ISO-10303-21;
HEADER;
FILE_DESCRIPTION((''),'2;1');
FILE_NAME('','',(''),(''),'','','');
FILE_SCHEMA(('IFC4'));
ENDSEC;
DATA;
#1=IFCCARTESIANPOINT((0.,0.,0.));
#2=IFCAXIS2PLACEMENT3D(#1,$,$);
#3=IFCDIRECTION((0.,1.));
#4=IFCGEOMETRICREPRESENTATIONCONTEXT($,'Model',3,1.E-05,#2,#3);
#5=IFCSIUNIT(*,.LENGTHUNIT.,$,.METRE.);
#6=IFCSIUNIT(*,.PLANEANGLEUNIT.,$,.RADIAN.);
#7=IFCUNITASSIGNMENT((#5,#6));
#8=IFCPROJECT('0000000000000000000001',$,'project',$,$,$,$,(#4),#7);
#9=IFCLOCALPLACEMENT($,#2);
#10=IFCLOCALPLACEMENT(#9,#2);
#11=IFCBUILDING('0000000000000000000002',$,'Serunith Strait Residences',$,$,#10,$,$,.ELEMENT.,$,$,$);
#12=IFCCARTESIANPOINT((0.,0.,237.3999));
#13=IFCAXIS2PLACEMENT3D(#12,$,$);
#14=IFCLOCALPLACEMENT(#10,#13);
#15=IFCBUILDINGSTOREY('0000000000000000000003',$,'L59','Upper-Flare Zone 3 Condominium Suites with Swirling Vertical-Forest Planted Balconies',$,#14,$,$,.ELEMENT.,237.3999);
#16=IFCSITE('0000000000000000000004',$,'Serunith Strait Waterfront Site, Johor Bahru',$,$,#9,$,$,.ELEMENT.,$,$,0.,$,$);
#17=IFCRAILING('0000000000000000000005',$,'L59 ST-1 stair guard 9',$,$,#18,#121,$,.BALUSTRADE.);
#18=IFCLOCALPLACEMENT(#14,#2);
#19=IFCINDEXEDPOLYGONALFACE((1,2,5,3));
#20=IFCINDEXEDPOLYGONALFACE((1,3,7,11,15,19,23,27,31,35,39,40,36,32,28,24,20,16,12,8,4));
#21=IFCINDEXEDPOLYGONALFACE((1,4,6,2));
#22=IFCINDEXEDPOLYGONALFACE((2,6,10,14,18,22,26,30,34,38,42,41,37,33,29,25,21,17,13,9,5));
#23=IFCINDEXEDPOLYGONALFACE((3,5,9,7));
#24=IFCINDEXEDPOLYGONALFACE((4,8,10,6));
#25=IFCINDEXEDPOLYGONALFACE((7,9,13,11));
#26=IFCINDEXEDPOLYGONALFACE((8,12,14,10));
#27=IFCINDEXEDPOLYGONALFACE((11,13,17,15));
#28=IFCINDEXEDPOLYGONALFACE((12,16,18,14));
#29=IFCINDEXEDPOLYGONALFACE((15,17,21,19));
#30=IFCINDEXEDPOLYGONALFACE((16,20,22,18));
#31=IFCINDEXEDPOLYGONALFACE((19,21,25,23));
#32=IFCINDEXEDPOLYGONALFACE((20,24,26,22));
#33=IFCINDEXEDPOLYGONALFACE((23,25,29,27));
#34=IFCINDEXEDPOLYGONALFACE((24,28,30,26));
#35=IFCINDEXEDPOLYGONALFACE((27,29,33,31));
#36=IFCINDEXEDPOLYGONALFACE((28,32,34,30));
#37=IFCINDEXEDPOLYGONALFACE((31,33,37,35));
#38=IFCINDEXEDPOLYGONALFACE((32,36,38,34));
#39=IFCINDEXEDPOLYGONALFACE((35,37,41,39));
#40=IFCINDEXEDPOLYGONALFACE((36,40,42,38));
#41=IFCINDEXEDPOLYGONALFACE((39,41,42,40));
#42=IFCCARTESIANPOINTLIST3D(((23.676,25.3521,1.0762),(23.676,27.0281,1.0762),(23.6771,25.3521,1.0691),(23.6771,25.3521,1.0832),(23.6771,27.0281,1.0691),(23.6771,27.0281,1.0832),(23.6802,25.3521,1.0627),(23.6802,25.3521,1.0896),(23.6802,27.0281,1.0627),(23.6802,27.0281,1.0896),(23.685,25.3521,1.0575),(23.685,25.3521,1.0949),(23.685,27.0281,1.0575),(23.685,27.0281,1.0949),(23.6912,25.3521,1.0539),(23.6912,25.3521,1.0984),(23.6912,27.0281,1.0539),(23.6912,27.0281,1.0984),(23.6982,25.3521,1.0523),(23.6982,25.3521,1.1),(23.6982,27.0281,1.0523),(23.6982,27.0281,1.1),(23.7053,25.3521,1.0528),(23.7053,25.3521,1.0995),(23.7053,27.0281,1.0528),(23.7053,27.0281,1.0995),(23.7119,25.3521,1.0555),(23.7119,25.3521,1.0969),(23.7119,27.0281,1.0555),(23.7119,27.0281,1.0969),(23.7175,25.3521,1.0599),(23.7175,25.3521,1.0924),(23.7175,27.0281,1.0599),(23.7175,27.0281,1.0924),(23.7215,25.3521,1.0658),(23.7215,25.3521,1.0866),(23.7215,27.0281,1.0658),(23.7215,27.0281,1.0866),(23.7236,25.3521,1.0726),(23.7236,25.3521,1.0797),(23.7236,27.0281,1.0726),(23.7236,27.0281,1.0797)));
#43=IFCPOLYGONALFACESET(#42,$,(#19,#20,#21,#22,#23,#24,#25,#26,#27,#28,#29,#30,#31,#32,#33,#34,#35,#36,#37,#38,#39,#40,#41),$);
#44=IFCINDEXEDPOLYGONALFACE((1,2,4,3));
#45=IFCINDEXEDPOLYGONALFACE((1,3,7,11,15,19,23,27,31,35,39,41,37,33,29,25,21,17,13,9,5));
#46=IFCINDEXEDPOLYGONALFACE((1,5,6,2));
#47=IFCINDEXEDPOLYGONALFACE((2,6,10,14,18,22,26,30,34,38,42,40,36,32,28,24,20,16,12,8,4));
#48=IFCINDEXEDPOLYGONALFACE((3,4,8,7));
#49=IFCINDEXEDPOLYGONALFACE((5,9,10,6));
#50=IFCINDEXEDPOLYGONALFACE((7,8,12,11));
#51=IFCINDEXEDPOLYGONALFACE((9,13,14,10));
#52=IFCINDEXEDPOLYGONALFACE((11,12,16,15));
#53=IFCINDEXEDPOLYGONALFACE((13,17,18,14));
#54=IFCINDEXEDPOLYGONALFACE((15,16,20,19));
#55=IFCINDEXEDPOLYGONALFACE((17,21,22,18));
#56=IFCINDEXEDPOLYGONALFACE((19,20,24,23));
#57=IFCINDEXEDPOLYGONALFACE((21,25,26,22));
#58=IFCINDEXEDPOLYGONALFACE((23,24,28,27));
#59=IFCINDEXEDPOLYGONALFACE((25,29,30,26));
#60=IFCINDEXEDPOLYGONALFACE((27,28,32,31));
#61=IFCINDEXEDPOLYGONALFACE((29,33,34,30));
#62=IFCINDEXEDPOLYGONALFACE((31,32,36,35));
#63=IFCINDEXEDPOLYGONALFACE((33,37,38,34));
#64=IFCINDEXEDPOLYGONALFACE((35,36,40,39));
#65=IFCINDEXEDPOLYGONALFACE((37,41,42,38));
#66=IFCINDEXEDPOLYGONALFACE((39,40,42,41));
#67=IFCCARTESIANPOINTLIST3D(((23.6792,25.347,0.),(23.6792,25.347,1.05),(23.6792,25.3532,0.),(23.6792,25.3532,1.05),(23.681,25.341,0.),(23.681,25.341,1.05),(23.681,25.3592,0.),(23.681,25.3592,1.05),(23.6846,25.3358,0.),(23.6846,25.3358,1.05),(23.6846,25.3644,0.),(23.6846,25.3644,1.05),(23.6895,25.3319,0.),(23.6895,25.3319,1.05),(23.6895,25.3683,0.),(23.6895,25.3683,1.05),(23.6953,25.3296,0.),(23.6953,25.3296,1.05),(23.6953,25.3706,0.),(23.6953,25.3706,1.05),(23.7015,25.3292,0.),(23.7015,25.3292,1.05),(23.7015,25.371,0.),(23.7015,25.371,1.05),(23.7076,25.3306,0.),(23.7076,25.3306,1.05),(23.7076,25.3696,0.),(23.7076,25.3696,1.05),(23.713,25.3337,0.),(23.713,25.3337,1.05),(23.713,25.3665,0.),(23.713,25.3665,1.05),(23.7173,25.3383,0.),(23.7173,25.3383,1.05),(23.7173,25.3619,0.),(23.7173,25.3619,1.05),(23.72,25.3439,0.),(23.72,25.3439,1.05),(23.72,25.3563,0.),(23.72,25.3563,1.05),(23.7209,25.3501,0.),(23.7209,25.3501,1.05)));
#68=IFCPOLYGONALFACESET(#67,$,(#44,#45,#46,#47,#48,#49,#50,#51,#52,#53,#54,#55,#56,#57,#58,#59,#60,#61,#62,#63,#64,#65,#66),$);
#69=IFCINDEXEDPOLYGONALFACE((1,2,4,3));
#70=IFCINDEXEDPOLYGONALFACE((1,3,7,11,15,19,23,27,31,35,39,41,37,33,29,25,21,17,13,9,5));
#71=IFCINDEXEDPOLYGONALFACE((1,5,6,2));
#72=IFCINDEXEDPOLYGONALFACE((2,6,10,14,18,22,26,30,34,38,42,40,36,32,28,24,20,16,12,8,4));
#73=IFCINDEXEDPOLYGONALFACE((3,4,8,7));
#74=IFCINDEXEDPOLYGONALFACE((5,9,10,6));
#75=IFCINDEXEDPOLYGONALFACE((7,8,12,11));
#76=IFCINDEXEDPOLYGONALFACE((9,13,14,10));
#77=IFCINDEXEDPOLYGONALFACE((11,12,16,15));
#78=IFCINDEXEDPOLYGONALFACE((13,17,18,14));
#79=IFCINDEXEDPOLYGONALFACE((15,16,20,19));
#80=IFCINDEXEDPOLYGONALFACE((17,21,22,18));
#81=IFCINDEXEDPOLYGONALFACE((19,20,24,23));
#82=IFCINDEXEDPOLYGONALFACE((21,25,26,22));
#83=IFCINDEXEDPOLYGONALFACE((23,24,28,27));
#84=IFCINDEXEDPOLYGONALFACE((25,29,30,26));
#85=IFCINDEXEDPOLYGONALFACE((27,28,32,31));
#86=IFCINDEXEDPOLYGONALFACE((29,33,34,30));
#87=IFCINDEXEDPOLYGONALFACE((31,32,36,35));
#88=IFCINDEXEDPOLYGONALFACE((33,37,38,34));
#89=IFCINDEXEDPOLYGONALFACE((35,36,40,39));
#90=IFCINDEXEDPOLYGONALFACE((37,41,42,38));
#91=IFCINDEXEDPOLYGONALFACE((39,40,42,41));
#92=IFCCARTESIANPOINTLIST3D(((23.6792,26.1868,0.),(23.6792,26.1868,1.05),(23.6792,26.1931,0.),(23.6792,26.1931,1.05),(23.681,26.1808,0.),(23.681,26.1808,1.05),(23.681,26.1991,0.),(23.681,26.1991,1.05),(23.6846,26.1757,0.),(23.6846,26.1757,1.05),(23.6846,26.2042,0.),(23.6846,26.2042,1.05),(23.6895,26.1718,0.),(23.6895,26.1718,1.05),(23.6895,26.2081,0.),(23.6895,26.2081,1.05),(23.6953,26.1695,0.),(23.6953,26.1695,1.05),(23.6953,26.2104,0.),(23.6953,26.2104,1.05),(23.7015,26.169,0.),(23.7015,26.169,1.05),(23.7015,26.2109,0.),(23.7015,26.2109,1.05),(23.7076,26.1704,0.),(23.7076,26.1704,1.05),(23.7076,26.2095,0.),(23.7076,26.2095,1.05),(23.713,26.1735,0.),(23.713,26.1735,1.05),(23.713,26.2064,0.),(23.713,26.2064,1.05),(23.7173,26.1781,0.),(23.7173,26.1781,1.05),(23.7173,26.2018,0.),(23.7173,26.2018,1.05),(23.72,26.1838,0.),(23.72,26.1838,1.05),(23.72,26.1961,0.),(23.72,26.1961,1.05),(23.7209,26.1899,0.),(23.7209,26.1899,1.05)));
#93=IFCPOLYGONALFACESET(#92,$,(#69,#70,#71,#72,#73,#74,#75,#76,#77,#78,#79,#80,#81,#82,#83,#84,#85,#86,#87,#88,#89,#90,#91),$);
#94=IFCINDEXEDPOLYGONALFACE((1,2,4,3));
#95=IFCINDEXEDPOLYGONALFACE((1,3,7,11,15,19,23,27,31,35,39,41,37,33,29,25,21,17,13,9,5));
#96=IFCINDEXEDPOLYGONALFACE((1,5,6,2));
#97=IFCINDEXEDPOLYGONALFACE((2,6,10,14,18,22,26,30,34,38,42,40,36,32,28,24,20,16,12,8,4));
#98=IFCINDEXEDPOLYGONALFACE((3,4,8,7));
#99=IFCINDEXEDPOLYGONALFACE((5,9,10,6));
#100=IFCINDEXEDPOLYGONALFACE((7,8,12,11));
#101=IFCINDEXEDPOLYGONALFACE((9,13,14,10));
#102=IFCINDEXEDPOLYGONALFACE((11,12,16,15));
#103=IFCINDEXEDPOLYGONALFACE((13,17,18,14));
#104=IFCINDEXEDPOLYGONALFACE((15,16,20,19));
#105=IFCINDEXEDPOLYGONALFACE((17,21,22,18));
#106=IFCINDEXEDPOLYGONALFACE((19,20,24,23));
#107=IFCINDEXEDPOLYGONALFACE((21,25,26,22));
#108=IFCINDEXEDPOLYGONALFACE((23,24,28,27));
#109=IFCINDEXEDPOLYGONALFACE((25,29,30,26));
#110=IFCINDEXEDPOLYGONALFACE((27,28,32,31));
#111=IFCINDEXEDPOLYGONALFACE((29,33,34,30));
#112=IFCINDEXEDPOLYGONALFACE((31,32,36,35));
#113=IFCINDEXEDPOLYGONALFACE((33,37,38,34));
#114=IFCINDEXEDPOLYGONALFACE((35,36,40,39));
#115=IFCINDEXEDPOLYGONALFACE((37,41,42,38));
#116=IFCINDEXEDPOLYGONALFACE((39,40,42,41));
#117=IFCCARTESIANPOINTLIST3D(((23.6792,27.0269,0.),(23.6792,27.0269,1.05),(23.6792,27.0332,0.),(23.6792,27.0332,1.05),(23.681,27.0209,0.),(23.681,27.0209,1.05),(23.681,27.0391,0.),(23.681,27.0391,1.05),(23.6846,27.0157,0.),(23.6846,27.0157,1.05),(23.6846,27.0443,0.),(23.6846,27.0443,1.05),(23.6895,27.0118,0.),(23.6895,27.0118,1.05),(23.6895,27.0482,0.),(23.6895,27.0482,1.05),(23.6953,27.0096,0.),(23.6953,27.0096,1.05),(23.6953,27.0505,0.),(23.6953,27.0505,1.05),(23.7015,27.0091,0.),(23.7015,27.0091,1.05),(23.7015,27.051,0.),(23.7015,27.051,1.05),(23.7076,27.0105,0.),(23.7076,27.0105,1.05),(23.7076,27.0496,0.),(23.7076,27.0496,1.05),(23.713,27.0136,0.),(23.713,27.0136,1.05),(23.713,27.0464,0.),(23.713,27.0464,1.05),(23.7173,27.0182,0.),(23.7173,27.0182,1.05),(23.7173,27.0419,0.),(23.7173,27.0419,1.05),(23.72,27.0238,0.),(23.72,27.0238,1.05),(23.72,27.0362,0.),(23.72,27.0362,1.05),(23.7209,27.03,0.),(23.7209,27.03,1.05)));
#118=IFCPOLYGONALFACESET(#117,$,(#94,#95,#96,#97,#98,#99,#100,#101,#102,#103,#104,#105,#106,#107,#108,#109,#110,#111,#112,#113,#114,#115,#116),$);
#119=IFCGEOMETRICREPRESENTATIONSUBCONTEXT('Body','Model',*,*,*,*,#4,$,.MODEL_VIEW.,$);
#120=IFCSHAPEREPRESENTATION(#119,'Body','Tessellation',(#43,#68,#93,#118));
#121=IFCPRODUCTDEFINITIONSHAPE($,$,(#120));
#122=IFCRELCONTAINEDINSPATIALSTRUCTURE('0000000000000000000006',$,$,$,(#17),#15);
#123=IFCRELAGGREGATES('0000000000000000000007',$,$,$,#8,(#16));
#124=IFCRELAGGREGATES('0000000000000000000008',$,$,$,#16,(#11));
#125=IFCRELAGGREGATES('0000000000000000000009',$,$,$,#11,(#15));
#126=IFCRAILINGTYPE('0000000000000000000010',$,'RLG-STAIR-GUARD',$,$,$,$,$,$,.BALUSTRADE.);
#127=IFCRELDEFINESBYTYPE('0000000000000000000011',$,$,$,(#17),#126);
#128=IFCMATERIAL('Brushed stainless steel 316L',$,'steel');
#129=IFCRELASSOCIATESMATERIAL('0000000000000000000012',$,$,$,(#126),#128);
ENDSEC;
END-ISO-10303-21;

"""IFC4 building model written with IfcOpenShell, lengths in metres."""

from ifc_helpers import new_model, si_unit, direction, frame, origin, origin_2d, place, context, subcontext, project, spatial, circle, extrude, material, type_object, element, save


model = new_model("IFC4")

# Units and contexts
model_context = context("Model", 3, precision=1e-05, world=origin(), true_north=direction((0.0, 1.0)))
body_context = subcontext(model_context, "Body", "Model", "MODEL_VIEW")
ifc_project = project(units=[si_unit("LENGTHUNIT", "METRE"), si_unit("PLANEANGLEUNIT", "RADIAN")], contexts=[model_context])

# Site, building, storey
site_placement = place(None, origin())
site = spatial("IfcSite", under=ifc_project, at=site_placement, Name="Serunith Strait Waterfront Site, Johor Bahru", CompositionType="ELEMENT", RefElevation=0.0)
building_placement = place(site_placement, origin())
building = spatial("IfcBuilding", under=site, at=building_placement, Name="Serunith Strait Residences", CompositionType="ELEMENT")
storey_placement = place(building_placement, frame((0.0, 0.0, 237.3999)))
storey = spatial("IfcBuildingStorey", under=building, at=storey_placement, Name="L59", Description="Upper-Flare Zone 3 Condominium Suites with Swirling Vertical-Forest Planted Balconies", CompositionType="ELEMENT", Elevation=237.3999)

# Railing
ifc_material_1 = material(Name="Brushed stainless steel 316L", Category="steel")
railing_type_1 = type_object("IfcRailingType", Name="RLG-STAIR-GUARD", PredefinedType="BALUSTRADE", material=ifc_material_1)
for number, where, name in (
    (1, (23.7, 25.3501, 0.0), "L59 ST-1 stair guard 9"),
):
    element("IfcRailing", number, at=place(storey_placement, frame(where)), inside=storey, type_object=railing_type_1, Name=name, PredefinedType="BALUSTRADE", context=body_context, shape_type="SweptSolid", body=[
        extrude(circle(Radius=0.0239, at=origin_2d()), frame((0.0, 0.002, 1.0762), z_axis=(0.0, 1.0, 0.0), x_axis=(-1.0, 0.0, 0.0)), (0.0, 0.0, 1.0), 1.676),
        extrude(circle(Radius=0.021, at=origin_2d()), origin(), (0.0, 0.0, 1.0), 1.05),
        extrude(circle(Radius=0.021, at=origin_2d()), frame((0.0, 0.8398, 0.0)), (0.0, 0.0, 1.0), 1.05),
        extrude(circle(Radius=0.021, at=origin_2d()), frame((0.0, 1.6799, 0.0)), (0.0, 0.0, 1.0), 1.05),
    ])

save(model, "model.ifc")
